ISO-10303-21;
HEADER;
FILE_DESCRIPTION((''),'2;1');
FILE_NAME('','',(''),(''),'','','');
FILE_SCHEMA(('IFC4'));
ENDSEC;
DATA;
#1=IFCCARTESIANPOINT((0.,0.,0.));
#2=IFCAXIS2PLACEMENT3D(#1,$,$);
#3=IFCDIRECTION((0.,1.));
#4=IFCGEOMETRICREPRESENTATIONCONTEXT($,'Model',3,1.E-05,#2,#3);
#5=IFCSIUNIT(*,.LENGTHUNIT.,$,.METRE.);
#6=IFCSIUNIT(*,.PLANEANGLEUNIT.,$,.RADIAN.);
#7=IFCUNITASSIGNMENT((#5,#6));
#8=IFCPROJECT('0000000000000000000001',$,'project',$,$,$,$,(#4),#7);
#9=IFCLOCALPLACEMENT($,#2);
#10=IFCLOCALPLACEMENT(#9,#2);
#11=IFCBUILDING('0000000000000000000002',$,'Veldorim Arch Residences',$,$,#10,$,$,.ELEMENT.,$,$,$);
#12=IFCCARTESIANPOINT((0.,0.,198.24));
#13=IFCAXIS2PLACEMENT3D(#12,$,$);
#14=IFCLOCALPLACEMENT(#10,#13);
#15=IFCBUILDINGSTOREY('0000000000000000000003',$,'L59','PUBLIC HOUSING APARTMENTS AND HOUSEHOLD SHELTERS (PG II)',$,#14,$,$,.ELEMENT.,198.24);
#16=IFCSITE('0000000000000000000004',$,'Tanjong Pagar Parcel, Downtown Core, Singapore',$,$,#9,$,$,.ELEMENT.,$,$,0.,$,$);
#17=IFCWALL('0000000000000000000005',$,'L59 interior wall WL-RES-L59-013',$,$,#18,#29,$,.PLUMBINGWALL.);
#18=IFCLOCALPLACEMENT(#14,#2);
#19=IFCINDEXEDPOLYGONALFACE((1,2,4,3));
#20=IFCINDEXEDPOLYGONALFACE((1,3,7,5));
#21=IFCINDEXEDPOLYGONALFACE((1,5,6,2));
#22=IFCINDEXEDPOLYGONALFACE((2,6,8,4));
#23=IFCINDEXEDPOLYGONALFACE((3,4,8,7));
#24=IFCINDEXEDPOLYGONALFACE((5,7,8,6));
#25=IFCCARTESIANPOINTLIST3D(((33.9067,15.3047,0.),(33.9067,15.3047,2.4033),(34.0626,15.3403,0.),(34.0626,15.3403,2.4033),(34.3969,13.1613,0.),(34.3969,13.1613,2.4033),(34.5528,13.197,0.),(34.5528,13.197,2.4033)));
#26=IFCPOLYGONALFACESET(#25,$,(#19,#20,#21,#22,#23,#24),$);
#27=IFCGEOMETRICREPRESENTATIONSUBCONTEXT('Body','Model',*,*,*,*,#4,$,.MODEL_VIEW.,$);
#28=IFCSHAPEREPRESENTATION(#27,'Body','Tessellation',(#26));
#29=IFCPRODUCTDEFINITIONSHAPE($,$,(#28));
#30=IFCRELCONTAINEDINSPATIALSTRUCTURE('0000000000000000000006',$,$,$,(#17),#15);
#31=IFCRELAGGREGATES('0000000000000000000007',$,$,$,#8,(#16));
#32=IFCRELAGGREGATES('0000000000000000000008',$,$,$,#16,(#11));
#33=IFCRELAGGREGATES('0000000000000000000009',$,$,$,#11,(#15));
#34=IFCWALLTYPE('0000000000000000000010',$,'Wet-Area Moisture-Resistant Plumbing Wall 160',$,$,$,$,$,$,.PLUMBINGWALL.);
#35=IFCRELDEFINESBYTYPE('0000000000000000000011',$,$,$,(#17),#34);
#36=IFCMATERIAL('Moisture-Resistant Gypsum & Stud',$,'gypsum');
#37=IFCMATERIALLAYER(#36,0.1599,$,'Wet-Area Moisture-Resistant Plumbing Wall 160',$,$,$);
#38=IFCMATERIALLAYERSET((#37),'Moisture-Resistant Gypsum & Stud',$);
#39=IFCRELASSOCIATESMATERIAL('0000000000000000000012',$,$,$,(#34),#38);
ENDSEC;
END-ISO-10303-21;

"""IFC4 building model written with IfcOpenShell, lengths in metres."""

from ifc_helpers import new_model, si_unit, direction, frame, frame_2d, origin, place, context, subcontext, project, spatial, rectangle, extrude, material, layer, layer_set, type_object, element, save


model = new_model("IFC4")

# Units and contexts
model_context = context("Model", 3, precision=1e-05, world=origin(), true_north=direction((0.0, 1.0)))
body_context = subcontext(model_context, "Body", "Model", "MODEL_VIEW")
ifc_project = project(units=[si_unit("LENGTHUNIT", "METRE"), si_unit("PLANEANGLEUNIT", "RADIAN")], contexts=[model_context])

# Site, building, storey
site_placement = place(None, origin())
site = spatial("IfcSite", under=ifc_project, at=site_placement, Name="Tanjong Pagar Parcel, Downtown Core, Singapore", CompositionType="ELEMENT", RefElevation=0.0)
building_placement = place(site_placement, origin())
building = spatial("IfcBuilding", under=site, at=building_placement, Name="Veldorim Arch Residences", CompositionType="ELEMENT")
storey_placement = place(building_placement, frame((0.0, 0.0, 198.24)))
storey = spatial("IfcBuildingStorey", under=building, at=storey_placement, Name="L59", Description="PUBLIC HOUSING APARTMENTS AND HOUSEHOLD SHELTERS (PG II)", CompositionType="ELEMENT", Elevation=198.24)

# Shared definitions
ifc_material_1 = material(Name="Moisture-Resistant Gypsum & Stud", Category="gypsum")
ifc_layer_1 = layer(ifc_material_1, 0.1599, Name="Wet-Area Moisture-Resistant Plumbing Wall 160")
ifc_layer_set_1 = layer_set([ifc_layer_1], Name="Moisture-Resistant Gypsum & Stud")
wall_type_1 = type_object("IfcWallType", Name="Wet-Area Moisture-Resistant Plumbing Wall 160", PredefinedType="PLUMBINGWALL", material=ifc_layer_set_1)

# Wall
wall_1_placement = place(storey_placement, frame((33.9846, 15.3225, 0.0), z_axis=(0.0, 0.0, 1.0), x_axis=(0.22297, -0.974825, 0.0)))
element("IfcWall", 1, at=wall_1_placement, inside=storey, type_object=wall_type_1, Name="L59 interior wall WL-RES-L59-013", PredefinedType="PLUMBINGWALL", context=body_context, shape_type="SweptSolid", body=[
    extrude(rectangle(XDim=2.1987, YDim=0.1599, at=frame_2d((1.0994, 0.0))), origin(), (0.0, 0.0, 1.0), 2.4033),
])

save(model, "model.ifc")
